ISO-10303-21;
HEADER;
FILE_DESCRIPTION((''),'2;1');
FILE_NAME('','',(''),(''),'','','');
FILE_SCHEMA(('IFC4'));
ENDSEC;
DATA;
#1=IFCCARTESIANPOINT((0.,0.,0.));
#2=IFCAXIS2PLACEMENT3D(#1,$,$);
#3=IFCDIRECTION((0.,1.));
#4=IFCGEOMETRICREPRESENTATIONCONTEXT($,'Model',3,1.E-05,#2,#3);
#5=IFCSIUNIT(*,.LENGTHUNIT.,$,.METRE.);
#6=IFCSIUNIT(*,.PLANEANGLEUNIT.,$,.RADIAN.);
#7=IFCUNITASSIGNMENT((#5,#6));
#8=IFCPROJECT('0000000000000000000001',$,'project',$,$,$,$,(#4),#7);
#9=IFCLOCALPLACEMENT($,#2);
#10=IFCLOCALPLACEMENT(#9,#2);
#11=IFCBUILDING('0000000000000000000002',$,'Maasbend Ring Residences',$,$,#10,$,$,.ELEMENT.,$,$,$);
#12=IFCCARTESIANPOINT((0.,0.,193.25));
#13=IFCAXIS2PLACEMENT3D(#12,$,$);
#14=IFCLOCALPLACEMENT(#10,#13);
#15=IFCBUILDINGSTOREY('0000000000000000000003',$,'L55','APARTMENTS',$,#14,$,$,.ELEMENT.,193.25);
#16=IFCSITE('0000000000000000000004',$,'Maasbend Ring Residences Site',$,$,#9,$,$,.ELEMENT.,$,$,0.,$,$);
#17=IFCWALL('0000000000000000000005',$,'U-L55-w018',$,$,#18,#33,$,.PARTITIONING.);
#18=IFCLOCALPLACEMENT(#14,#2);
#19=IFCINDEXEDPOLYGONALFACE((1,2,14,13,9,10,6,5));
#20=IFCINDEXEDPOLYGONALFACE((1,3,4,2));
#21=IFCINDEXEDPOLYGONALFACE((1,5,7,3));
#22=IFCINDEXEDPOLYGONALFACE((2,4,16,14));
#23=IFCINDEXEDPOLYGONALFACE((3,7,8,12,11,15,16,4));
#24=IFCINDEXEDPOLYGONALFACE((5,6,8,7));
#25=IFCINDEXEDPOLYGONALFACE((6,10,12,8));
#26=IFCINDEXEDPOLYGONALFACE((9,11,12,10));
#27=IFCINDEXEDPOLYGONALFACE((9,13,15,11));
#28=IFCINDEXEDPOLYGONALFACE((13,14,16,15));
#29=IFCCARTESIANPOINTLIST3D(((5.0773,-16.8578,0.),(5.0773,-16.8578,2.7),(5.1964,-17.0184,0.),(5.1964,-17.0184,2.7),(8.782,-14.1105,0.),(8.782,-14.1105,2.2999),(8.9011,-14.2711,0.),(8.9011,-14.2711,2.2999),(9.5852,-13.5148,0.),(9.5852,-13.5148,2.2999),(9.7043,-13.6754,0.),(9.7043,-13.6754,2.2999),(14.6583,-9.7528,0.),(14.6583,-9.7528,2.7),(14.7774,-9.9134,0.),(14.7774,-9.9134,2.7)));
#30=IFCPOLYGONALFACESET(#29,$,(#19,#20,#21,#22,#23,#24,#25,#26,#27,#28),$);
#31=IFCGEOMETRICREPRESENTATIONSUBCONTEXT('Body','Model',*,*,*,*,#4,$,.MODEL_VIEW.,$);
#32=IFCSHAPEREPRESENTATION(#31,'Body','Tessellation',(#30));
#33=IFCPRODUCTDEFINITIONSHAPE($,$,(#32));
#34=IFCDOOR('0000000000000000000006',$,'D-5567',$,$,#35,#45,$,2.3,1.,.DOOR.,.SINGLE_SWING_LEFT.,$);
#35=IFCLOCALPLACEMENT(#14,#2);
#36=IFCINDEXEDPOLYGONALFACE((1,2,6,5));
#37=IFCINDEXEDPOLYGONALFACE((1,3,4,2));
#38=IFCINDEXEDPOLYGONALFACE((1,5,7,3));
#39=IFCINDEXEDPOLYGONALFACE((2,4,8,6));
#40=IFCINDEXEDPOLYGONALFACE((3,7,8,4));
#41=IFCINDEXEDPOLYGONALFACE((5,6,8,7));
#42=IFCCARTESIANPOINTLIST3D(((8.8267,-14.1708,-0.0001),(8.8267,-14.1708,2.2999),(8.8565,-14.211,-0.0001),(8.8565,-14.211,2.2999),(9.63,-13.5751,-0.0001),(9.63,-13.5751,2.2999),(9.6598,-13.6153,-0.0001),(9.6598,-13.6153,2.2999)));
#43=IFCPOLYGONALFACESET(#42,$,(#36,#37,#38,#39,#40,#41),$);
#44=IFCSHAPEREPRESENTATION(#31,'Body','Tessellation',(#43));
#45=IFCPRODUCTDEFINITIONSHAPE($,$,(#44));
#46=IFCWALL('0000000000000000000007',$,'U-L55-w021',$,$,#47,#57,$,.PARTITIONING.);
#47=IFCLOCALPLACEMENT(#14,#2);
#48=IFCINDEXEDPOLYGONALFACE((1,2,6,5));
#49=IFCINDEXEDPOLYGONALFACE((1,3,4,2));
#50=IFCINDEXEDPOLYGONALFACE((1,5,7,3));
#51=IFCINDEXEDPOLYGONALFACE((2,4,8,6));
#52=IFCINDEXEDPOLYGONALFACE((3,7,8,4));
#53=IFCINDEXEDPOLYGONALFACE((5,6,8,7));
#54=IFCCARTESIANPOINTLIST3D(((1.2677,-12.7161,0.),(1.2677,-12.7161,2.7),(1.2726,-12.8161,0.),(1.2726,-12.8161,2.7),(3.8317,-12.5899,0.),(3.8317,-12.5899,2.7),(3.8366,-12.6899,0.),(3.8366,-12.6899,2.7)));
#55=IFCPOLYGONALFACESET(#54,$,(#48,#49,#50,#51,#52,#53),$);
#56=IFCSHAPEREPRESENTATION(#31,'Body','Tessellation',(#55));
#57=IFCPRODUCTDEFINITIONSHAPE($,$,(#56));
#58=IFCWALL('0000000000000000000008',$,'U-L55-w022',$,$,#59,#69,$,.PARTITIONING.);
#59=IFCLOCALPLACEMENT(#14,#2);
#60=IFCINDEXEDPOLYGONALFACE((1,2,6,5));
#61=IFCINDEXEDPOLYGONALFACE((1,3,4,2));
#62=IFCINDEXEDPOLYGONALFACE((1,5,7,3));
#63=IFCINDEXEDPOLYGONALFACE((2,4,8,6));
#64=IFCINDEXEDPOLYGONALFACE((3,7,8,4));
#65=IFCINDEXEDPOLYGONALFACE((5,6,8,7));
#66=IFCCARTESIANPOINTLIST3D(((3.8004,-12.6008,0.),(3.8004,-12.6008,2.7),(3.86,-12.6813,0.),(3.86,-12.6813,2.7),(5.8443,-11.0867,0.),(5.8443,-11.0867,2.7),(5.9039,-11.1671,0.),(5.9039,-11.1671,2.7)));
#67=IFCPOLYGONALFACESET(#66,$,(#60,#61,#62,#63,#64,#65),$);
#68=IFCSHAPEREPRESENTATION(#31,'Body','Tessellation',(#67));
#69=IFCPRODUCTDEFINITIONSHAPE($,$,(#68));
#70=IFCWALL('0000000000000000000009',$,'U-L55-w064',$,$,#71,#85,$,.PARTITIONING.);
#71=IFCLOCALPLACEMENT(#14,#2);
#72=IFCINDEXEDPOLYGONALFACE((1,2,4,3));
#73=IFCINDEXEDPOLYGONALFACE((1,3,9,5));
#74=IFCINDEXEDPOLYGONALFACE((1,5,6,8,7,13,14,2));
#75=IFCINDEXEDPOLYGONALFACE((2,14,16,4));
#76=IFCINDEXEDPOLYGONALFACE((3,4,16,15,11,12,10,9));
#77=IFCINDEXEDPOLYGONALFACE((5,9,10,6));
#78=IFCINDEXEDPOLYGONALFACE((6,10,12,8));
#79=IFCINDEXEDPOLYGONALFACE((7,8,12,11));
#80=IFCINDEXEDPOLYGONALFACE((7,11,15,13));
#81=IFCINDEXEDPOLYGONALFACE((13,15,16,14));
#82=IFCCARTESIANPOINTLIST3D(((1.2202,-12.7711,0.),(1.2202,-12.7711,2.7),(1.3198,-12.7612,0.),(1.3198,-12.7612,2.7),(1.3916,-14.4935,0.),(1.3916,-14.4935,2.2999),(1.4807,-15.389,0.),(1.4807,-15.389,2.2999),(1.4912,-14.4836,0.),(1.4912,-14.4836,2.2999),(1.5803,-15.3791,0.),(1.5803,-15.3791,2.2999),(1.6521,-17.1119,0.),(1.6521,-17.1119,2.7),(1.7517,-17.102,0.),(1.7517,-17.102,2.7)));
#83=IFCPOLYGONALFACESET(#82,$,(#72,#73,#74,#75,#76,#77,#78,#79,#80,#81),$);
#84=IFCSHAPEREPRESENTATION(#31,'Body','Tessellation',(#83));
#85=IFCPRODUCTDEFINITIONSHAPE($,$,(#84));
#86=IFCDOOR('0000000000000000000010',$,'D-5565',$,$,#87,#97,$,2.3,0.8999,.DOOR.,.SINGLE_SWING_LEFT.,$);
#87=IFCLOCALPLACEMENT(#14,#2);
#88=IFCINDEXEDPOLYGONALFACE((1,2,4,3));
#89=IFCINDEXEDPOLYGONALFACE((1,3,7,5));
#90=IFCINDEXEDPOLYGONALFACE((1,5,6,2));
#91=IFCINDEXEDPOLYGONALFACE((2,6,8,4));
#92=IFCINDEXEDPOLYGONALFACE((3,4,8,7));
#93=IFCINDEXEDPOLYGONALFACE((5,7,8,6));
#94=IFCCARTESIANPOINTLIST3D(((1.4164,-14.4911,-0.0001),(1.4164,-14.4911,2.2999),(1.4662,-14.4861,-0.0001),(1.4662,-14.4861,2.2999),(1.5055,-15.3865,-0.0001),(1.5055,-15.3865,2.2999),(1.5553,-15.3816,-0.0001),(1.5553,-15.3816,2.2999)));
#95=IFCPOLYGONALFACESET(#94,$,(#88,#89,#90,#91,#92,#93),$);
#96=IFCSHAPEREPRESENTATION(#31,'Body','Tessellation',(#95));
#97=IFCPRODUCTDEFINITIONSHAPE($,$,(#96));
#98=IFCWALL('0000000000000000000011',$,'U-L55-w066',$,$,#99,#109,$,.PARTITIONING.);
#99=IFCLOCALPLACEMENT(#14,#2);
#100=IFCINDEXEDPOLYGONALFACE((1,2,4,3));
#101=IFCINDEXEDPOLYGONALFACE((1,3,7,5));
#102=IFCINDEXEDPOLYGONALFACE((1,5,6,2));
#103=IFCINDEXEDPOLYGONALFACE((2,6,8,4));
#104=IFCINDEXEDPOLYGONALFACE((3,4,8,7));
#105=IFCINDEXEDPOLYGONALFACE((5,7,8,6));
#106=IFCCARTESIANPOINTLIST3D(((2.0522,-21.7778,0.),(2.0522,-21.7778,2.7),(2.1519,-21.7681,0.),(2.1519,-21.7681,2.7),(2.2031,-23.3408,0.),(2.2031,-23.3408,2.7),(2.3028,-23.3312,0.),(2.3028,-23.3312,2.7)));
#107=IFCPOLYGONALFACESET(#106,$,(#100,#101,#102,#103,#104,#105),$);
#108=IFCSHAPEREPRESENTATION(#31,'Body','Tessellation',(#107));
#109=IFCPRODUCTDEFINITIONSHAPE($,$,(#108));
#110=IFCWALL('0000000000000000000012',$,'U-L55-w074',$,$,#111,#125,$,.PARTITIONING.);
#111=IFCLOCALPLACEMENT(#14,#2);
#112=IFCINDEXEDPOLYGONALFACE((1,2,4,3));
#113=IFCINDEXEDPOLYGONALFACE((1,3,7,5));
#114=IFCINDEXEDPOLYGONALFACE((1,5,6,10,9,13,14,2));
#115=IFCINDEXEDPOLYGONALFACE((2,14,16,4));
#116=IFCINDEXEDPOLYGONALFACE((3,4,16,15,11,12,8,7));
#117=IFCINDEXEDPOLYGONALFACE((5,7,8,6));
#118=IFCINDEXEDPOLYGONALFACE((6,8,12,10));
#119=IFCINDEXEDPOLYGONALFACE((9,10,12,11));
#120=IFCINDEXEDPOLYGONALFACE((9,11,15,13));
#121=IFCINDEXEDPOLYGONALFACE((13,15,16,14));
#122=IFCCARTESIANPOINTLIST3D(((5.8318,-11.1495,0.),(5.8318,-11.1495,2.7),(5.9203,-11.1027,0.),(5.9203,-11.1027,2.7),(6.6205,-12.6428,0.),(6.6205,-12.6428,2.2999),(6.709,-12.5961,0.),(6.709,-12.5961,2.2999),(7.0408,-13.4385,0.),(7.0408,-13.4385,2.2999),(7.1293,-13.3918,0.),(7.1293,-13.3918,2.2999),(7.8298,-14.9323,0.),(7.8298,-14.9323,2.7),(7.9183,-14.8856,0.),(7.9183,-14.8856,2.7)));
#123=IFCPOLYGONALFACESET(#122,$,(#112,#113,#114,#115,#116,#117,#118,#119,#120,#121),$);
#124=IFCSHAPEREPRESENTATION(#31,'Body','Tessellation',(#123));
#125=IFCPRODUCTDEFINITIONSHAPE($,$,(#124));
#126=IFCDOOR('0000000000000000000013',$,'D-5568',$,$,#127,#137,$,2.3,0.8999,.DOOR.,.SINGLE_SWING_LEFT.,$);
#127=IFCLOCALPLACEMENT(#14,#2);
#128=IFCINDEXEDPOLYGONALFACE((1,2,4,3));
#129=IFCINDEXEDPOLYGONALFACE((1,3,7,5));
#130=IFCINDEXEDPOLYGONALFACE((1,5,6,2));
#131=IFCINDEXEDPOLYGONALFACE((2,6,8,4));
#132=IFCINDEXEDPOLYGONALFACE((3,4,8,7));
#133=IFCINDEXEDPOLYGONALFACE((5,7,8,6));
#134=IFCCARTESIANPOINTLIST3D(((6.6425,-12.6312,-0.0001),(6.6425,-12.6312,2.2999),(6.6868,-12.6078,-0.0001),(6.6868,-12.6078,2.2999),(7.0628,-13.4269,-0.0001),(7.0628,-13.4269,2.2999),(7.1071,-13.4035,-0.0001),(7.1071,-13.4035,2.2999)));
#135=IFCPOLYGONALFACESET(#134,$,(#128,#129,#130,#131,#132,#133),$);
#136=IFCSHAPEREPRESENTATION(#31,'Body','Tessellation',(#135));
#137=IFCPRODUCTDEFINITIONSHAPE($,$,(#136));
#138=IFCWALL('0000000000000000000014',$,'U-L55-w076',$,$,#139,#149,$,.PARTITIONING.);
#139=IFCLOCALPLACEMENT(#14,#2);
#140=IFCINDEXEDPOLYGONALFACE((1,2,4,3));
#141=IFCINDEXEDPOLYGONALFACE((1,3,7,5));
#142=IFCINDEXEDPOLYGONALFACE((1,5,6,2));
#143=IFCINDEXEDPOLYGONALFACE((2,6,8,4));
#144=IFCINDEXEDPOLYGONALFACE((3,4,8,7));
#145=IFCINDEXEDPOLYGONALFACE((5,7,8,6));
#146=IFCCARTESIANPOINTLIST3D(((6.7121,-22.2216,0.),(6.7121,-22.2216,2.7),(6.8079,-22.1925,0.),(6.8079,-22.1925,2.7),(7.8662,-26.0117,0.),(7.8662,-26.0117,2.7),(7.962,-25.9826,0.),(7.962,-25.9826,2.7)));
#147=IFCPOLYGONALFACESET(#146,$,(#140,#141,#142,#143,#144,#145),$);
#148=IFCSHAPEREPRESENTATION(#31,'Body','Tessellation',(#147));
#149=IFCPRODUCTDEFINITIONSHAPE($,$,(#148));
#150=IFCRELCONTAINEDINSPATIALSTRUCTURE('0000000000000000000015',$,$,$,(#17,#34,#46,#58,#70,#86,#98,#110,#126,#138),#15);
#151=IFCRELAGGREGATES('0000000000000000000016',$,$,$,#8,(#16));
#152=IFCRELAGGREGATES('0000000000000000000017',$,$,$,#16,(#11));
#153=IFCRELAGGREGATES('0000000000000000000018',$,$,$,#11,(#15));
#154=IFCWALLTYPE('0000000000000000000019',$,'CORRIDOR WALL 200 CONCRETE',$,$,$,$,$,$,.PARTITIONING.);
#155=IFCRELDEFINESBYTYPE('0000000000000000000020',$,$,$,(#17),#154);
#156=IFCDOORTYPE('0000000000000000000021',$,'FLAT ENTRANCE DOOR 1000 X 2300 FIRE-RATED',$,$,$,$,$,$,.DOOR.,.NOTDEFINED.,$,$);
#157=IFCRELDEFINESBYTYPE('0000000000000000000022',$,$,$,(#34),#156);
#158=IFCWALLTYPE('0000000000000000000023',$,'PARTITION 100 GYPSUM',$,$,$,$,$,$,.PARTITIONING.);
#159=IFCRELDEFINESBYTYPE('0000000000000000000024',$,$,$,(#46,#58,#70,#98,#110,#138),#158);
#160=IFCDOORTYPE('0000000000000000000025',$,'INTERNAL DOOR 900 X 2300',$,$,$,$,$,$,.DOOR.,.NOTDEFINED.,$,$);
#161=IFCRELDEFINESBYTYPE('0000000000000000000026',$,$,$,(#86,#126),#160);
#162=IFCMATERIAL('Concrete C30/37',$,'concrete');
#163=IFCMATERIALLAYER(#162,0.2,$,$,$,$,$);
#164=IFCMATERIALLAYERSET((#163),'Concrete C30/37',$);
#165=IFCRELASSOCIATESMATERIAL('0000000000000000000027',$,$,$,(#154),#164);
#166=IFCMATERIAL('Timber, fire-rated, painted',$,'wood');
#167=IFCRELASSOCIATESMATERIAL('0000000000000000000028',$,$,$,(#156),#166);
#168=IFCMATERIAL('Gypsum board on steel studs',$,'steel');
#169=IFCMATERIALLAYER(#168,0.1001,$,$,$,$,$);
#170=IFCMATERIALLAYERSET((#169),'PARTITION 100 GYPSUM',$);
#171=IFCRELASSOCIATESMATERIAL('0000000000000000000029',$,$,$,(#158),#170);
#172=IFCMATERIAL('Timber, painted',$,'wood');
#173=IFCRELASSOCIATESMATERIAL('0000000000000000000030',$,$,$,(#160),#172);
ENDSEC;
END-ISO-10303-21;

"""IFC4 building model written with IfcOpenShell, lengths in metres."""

from ifc_helpers import new_model, si_unit, direction, frame, frame_2d, origin, place, context, subcontext, project, spatial, rectangle, extrude, material, layer, layer_set, type_object, element, fill, save


model = new_model("IFC4")

# Units and contexts
model_context = context("Model", 3, precision=1e-05, world=origin(), true_north=direction((0.0, 1.0)))
body_context = subcontext(model_context, "Body", "Model", "MODEL_VIEW")
ifc_project = project(units=[si_unit("LENGTHUNIT", "METRE"), si_unit("PLANEANGLEUNIT", "RADIAN")], contexts=[model_context])

# Site, building, storey
site_placement = place(None, origin())
site = spatial("IfcSite", under=ifc_project, at=site_placement, Name="Maasbend Ring Residences Site", CompositionType="ELEMENT", RefElevation=0.0)
building_placement = place(site_placement, origin())
building = spatial("IfcBuilding", under=site, at=building_placement, Name="Maasbend Ring Residences", CompositionType="ELEMENT")
storey_placement = place(building_placement, frame((0.0, 0.0, 193.25)))
storey = spatial("IfcBuildingStorey", under=building, at=storey_placement, Name="L55", Description="APARTMENTS", CompositionType="ELEMENT", Elevation=193.25)

# Wall, opening, door
ifc_material_1 = material(Name="Concrete C30/37", Category="concrete")
ifc_layer_1 = layer(ifc_material_1, 0.2)
ifc_layer_set_1 = layer_set([ifc_layer_1], Name="Concrete C30/37")
wall_type_1 = type_object("IfcWallType", Name="CORRIDOR WALL 200 CONCRETE", PredefinedType="PARTITIONING", material=ifc_layer_set_1)
ifc_material_2 = material(Name="Timber, fire-rated, painted", Category="wood")
door_type_1 = type_object("IfcDoorType", Name="FLAT ENTRANCE DOOR 1000 X 2300 FIRE-RATED", OperationType="NOTDEFINED", PredefinedType="DOOR", material=ifc_material_2)
wall_1_placement = place(storey_placement, frame((5.137, -16.938, 0.0), z_axis=(0.0, 0.0, 1.0), x_axis=(0.80324, 0.595655, 0.0)))
wall_1 = element("IfcWall", 1, at=wall_1_placement, inside=storey, type_object=wall_type_1, Name="U-L55-w018", PredefinedType="PARTITIONING", context=body_context, shape_type="SweptSolid", body=[
    extrude(rectangle(XDim=11.928, YDim=0.2, at=frame_2d((5.9639, 0.0))), origin(), (0.0, 0.0, 1.0), 2.7),
])
opening_1_placement = place(wall_1_placement, frame((4.6121, 0.0, 0.0)))
opening_1 = element("IfcOpeningElement", 2, at=opening_1_placement, cuts=wall_1, PredefinedType="OPENING", context=body_context, shape_type="SweptSolid", body=[
    extrude(rectangle(XDim=1.0, YDim=2.3, at=frame_2d((0.5, 1.1499))), frame((0.0, 0.1099, 0.0), z_axis=(0.0, -1.0, 0.0), x_axis=(1.0, 0.0, 0.0)), (0.0, 0.0, 1.0), 0.22),
])
door_1_placement = place(opening_1_placement, origin())
door_1 = element("IfcDoor", 3, at=door_1_placement, inside=storey, type_object=door_type_1, Name="D-5567", OperationType="SINGLE_SWING_LEFT", OverallHeight=2.3, OverallWidth=1.0, PredefinedType="DOOR", context=body_context, shape_type="SweptSolid", body=[
    extrude(rectangle(XDim=1.0, YDim=2.3, at=frame_2d((0.5, 1.1499))), frame((0.0, 0.0249, 0.0), z_axis=(0.0, -1.0, 0.0), x_axis=(1.0, 0.0, 0.0)), (0.0, 0.0, 1.0), 0.05),
])
fill(opening_1, door_1)

# Walls
ifc_material_3 = material(Name="Gypsum board on steel studs", Category="steel")
ifc_layer_2 = layer(ifc_material_3, 0.1001)
ifc_layer_set_2 = layer_set([ifc_layer_2], Name="PARTITION 100 GYPSUM")
wall_type_2 = type_object("IfcWallType", Name="PARTITION 100 GYPSUM", PredefinedType="PARTITIONING", material=ifc_layer_set_2)
wall_2_placement = place(storey_placement, frame((1.27, -12.7661, 0.0), z_axis=(0.0, 0.0, 1.0), x_axis=(0.99879, 0.049169, 0.0)))
element("IfcWall", 4, at=wall_2_placement, inside=storey, type_object=wall_type_2, Name="U-L55-w021", PredefinedType="PARTITIONING", context=body_context, shape_type="SweptSolid", body=[
    extrude(rectangle(XDim=2.5671, YDim=0.1001, at=frame_2d((1.2837, 0.0))), origin(), (0.0, 0.0, 1.0), 2.7),
])
wall_3_placement = place(storey_placement, frame((3.8301, -12.6411, 0.0), z_axis=(0.0, 0.0, 1.0), x_axis=(0.803533, 0.59526, 0.0)))
element("IfcWall", 5, at=wall_3_placement, inside=storey, type_object=wall_type_2, Name="U-L55-w022", PredefinedType="PARTITIONING", context=body_context, shape_type="SweptSolid", body=[
    extrude(rectangle(XDim=2.5437, YDim=0.1001, at=frame_2d((1.272, 0.0))), origin(), (0.0, 0.0, 1.0), 2.7),
])

# Wall, opening, door
wall_4_placement = place(storey_placement, frame((1.27, -12.7661, 0.0), z_axis=(0.0, 0.0, 1.0), x_axis=(0.099005, -0.995087, 0.0)))
wall_4 = element("IfcWall", 6, at=wall_4_placement, inside=storey, type_object=wall_type_2, Name="U-L55-w064", PredefinedType="PARTITIONING", context=body_context, shape_type="SweptSolid", body=[
    extrude(rectangle(XDim=4.3623, YDim=0.1001, at=frame_2d((2.1812, 0.0))), origin(), (0.0, 0.0, 1.0), 2.7),
])
opening_2_placement = place(wall_4_placement, frame((1.731, 0.0, 0.0)))
opening_2 = element("IfcOpeningElement", 7, at=opening_2_placement, cuts=wall_4, PredefinedType="OPENING", context=body_context, shape_type="SweptSolid", body=[
    extrude(rectangle(XDim=0.8999, YDim=2.3, at=frame_2d((0.45, 1.1499))), frame((0.0, 0.0601, 0.0), z_axis=(0.0, -1.0, 0.0), x_axis=(1.0, 0.0, 0.0)), (0.0, 0.0, 1.0), 0.1201),
])
ifc_material_4 = material(Name="Timber, painted", Category="wood")
door_type_2 = type_object("IfcDoorType", Name="INTERNAL DOOR 900 X 2300", OperationType="NOTDEFINED", PredefinedType="DOOR", material=ifc_material_4)
door_2_placement = place(opening_2_placement, origin())
door_2 = element("IfcDoor", 8, at=door_2_placement, inside=storey, type_object=door_type_2, Name="D-5565", OperationType="SINGLE_SWING_LEFT", OverallHeight=2.3, OverallWidth=0.8999, PredefinedType="DOOR", context=body_context, shape_type="SweptSolid", body=[
    extrude(rectangle(XDim=0.8999, YDim=2.3, at=frame_2d((0.45, 1.1499))), frame((0.0, 0.0249, 0.0), z_axis=(0.0, -1.0, 0.0), x_axis=(1.0, 0.0, 0.0)), (0.0, 0.0, 1.0), 0.05),
])
fill(opening_2, door_2)

# Wall
wall_5_placement = place(storey_placement, frame((2.1021, -21.7729, 0.0), z_axis=(0.0, 0.0, 1.0), x_axis=(0.096086, -0.995373, 0.0)))
element("IfcWall", 9, at=wall_5_placement, inside=storey, type_object=wall_type_2, Name="U-L55-w066", PredefinedType="PARTITIONING", context=body_context, shape_type="SweptSolid", body=[
    extrude(rectangle(XDim=1.5703, YDim=0.1001, at=frame_2d((0.7852, 0.0))), origin(), (0.0, 0.0, 1.0), 2.7),
])

# Wall, opening, door
wall_6_placement = place(storey_placement, frame((5.876, -11.126, 0.0), z_axis=(0.0, 0.0, 1.0), x_axis=(0.46703, -0.884241, 0.0)))
wall_6 = element("IfcWall", 10, at=wall_6_placement, inside=storey, type_object=wall_type_2, Name="U-L55-w074", PredefinedType="PARTITIONING", context=body_context, shape_type="SweptSolid", body=[
    extrude(rectangle(XDim=4.2781, YDim=0.1001, at=frame_2d((2.1392, 0.0))), origin(), (0.0, 0.0, 1.0), 2.7),
])
opening_3_placement = place(wall_6_placement, frame((1.689, 0.0, 0.0)))
opening_3 = element("IfcOpeningElement", 11, at=opening_3_placement, cuts=wall_6, PredefinedType="OPENING", context=body_context, shape_type="SweptSolid", body=[
    extrude(rectangle(XDim=0.8999, YDim=2.3, at=frame_2d((0.45, 1.1499))), frame((0.0, 0.0601, 0.0), z_axis=(0.0, -1.0, 0.0), x_axis=(1.0, 0.0, 0.0)), (0.0, 0.0, 1.0), 0.1201),
])
door_3_placement = place(opening_3_placement, origin())
door_3 = element("IfcDoor", 12, at=door_3_placement, inside=storey, type_object=door_type_2, Name="D-5568", OperationType="SINGLE_SWING_LEFT", OverallHeight=2.3, OverallWidth=0.8999, PredefinedType="DOOR", context=body_context, shape_type="SweptSolid", body=[
    extrude(rectangle(XDim=0.8999, YDim=2.3, at=frame_2d((0.45, 1.1499))), frame((0.0, 0.0249, 0.0), z_axis=(0.0, -1.0, 0.0), x_axis=(1.0, 0.0, 0.0)), (0.0, 0.0, 1.0), 0.05),
])
fill(opening_3, door_3)

# Wall
wall_7_placement = place(storey_placement, frame((6.76, -22.207, 0.0), z_axis=(0.0, 0.0, 1.0), x_axis=(0.291292, -0.956634, 0.0)))
element("IfcWall", 13, at=wall_7_placement, inside=storey, type_object=wall_type_2, Name="U-L55-w076", PredefinedType="PARTITIONING", context=body_context, shape_type="SweptSolid", body=[
    extrude(rectangle(XDim=3.9619, YDim=0.1001, at=frame_2d((1.981, 0.0))), origin(), (0.0, 0.0, 1.0), 2.7),
])

save(model, "model.ifc")
